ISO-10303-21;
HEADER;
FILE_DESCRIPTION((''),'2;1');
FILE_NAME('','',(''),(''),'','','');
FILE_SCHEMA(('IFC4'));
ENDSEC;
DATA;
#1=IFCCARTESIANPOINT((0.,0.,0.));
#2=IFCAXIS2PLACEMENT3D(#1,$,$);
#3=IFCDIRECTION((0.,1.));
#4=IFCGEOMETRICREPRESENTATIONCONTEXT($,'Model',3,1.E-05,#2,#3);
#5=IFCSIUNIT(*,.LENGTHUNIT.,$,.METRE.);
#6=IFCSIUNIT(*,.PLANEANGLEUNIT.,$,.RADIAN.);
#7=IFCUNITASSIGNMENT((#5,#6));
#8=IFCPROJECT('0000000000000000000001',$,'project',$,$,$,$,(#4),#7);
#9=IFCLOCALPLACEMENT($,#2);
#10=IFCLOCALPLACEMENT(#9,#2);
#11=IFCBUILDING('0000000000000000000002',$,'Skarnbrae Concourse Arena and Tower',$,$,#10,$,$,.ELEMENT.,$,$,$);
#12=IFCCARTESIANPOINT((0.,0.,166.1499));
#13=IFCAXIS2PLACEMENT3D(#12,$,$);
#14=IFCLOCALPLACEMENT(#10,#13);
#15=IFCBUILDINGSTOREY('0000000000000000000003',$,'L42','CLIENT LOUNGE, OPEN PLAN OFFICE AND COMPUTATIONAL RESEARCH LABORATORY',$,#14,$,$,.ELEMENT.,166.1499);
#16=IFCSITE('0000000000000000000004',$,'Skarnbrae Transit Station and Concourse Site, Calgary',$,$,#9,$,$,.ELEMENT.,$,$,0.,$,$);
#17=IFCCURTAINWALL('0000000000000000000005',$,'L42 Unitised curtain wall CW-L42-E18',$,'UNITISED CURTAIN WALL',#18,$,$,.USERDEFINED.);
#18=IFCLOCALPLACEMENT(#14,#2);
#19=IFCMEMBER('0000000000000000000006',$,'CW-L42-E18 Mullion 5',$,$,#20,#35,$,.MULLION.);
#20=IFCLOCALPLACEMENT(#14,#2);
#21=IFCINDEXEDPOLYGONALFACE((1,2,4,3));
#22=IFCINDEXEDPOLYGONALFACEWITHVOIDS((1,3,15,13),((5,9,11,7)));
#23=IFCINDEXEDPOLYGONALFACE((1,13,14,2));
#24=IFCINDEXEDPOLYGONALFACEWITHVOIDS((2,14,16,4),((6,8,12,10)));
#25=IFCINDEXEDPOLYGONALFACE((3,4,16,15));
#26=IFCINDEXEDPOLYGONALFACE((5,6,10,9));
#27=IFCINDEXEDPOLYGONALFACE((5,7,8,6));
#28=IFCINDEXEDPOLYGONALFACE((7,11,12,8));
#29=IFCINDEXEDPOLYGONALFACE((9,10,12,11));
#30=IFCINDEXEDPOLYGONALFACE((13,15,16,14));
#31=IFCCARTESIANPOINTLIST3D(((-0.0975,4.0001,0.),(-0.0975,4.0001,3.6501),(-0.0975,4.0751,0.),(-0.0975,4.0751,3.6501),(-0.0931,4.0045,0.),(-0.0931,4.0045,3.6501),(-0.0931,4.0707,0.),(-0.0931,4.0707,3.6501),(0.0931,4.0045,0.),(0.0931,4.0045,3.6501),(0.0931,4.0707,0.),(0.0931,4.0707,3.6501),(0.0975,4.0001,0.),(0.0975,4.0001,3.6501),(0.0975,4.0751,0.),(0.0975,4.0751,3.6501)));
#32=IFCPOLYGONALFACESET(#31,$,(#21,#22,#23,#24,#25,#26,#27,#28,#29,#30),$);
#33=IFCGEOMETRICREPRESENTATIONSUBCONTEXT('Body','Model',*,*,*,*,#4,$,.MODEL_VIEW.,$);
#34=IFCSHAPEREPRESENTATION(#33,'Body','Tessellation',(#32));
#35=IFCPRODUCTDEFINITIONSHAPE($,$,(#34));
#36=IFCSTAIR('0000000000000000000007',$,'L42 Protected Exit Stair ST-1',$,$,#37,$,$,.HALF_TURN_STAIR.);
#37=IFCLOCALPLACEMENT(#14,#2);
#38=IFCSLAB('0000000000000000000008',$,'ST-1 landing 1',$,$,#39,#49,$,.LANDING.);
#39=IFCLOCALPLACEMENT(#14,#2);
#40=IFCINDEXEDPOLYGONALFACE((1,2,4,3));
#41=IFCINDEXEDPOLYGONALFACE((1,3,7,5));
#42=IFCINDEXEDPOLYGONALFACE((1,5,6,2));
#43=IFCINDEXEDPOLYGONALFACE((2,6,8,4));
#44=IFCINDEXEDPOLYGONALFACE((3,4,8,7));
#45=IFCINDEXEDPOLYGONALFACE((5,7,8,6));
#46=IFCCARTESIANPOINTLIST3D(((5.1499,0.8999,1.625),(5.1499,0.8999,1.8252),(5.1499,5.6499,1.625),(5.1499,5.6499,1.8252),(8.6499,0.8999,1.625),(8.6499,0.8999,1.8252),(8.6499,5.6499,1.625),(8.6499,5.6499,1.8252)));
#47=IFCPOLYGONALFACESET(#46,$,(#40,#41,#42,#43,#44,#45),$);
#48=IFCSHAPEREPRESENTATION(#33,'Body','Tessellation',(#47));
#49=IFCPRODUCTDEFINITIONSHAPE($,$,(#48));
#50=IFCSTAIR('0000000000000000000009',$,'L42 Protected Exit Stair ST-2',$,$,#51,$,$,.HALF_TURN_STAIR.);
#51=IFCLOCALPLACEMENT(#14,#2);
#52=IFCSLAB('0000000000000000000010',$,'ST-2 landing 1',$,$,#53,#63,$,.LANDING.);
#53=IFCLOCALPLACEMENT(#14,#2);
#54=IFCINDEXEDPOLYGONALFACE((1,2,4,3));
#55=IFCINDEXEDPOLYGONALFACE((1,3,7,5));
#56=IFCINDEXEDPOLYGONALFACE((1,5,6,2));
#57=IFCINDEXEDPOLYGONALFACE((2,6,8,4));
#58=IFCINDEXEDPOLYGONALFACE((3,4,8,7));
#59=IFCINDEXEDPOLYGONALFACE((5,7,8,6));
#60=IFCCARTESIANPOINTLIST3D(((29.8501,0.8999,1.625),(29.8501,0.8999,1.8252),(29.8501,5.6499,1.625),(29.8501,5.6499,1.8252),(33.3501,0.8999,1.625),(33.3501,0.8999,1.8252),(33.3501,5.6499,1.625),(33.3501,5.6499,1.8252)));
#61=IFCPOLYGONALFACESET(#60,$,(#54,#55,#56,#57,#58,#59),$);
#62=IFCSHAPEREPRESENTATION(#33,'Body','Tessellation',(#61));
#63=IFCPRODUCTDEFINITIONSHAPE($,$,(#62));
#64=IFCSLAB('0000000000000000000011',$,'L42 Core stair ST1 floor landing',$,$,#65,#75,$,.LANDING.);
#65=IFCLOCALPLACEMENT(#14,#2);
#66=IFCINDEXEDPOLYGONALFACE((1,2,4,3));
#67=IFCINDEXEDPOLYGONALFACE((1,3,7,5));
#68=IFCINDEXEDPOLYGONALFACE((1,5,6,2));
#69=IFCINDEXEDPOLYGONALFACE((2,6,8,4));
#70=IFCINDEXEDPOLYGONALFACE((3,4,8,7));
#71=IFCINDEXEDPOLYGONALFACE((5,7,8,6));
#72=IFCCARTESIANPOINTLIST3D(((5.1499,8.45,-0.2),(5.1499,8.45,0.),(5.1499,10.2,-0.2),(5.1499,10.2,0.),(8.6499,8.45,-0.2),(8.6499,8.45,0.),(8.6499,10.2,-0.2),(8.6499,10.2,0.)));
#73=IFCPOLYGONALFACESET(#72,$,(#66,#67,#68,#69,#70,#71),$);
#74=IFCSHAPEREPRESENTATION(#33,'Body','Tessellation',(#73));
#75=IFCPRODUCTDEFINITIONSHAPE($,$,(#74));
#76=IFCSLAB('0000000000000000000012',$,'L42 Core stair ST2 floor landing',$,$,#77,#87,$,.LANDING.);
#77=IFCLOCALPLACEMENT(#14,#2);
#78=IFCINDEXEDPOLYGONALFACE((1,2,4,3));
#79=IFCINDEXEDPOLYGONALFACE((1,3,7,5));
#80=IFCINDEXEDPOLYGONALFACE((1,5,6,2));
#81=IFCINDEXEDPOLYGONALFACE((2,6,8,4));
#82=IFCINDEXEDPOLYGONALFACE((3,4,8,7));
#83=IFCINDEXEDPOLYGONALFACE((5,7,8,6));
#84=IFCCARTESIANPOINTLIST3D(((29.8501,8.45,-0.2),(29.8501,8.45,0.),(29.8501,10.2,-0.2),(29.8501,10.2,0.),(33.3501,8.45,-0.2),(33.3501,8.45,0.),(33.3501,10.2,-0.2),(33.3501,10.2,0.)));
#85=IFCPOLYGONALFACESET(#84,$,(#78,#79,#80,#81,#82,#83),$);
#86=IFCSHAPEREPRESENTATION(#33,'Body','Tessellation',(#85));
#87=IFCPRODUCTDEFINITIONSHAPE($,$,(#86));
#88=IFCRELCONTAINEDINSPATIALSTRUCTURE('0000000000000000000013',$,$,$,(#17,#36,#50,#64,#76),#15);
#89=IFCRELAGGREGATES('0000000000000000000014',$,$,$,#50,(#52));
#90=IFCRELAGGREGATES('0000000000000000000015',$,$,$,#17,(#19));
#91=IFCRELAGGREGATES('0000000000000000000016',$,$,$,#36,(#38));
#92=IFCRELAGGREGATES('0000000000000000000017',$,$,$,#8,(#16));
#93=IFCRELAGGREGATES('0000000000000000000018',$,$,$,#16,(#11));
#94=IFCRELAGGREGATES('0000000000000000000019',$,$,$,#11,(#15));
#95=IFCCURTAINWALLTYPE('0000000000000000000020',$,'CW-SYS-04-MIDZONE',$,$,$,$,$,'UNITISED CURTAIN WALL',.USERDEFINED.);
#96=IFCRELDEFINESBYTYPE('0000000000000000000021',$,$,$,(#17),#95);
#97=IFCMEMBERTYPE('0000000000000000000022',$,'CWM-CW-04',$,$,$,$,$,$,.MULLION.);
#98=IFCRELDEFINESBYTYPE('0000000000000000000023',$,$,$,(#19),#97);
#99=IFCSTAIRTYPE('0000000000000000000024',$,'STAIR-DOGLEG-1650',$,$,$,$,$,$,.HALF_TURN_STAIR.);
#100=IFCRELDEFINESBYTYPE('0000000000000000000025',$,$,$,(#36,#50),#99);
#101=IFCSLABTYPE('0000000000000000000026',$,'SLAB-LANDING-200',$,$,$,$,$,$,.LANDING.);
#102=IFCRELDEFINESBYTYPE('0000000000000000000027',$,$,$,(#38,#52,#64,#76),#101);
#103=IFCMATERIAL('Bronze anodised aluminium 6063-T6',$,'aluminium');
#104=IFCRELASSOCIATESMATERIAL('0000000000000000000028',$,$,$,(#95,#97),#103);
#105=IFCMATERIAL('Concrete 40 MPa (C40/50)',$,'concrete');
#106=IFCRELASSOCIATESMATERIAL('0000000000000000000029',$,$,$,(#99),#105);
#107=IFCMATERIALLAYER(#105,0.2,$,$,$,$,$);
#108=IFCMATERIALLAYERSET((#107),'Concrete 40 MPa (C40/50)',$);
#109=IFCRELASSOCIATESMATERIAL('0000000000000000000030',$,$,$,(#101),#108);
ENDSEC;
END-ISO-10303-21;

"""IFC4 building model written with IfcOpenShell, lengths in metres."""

from ifc_helpers import new_model, si_unit, direction, frame, origin, origin_2d, place, context, subcontext, project, spatial, polyline, hollow_rectangle, outline, extrude, source, transform, mapped, material, layer, layer_set, material_profile, profile_set, type_object, element, aggregate, save


model = new_model("IFC4")

# Units and contexts
model_context = context("Model", 3, precision=1e-05, world=origin(), true_north=direction((0.0, 1.0)))
body_context = subcontext(model_context, "Body", "Model", "MODEL_VIEW")
ifc_project = project(units=[si_unit("LENGTHUNIT", "METRE"), si_unit("PLANEANGLEUNIT", "RADIAN")], contexts=[model_context])

# Site, building, storey
site_placement = place(None, origin())
site = spatial("IfcSite", under=ifc_project, at=site_placement, Name="Skarnbrae Transit Station and Concourse Site, Calgary", CompositionType="ELEMENT", RefElevation=0.0)
building_placement = place(site_placement, origin())
building = spatial("IfcBuilding", under=site, at=building_placement, Name="Skarnbrae Concourse Arena and Tower", CompositionType="ELEMENT")
storey_placement = place(building_placement, frame((0.0, 0.0, 166.1499)))
storey = spatial("IfcBuildingStorey", under=building, at=storey_placement, Name="L42", Description="CLIENT LOUNGE, OPEN PLAN OFFICE AND COMPUTATIONAL RESEARCH LABORATORY", CompositionType="ELEMENT", Elevation=166.1499)

# Curtain wall, member
ifc_material_1 = material(Name="Bronze anodised aluminium 6063-T6", Category="aluminium")
curtain_wall_type = type_object("IfcCurtainWallType", Name="CW-SYS-04-MIDZONE", ElementType="UNITISED CURTAIN WALL", PredefinedType="USERDEFINED", material=ifc_material_1)
curtain_wall_placement = place(storey_placement, origin())
curtain_wall = element("IfcCurtainWall", 1, at=curtain_wall_placement, inside=storey, type_object=curtain_wall_type, Name="L42 Unitised curtain wall CW-L42-E18", ObjectType="UNITISED CURTAIN WALL", PredefinedType="USERDEFINED")
ifc_material_profile = material_profile(ifc_material_1, hollow_rectangle(XDim=0.075, YDim=0.1951, WallThickness=0.0044, at=origin_2d()), Name="ALU-MULL-75X195")
ifc_profile_set = profile_set([ifc_material_profile], Name="Bronze anodised aluminium 6063-T6")
member_type = type_object("IfcMemberType", Name="CWM-CW-04", PredefinedType="MULLION", material=ifc_profile_set)
shared_shape_1 = source(origin(), body_context, "Body", "SweptSolid", [
    extrude(hollow_rectangle(XDim=0.075, YDim=0.1951, WallThickness=0.0044, at=origin_2d()), origin(), (0.0, 0.0, 1.0), 3.6501),
])
member_placement = place(storey_placement, frame((0.0, 4.0376, 0.0), z_axis=(0.0, 0.0, 1.0), x_axis=(0.0, -1.0, 0.0)))
member = element("IfcMember", 2, at=member_placement, type_object=member_type, Name="CW-L42-E18 Mullion 5", PredefinedType="MULLION", context=body_context, shape_type="MappedRepresentation", body=[
    mapped(shared_shape_1, transform((0.0, 0.0, 0.0))),
])

# Stairs, slabs
ifc_material_2 = material(Name="Concrete 40 MPa (C40/50)", Category="concrete")
stair_type = type_object("IfcStairType", Name="STAIR-DOGLEG-1650", PredefinedType="HALF_TURN_STAIR", material=ifc_material_2)
stair_1_placement = place(storey_placement, origin())
stair_1 = element("IfcStair", 3, at=stair_1_placement, inside=storey, type_object=stair_type, Name="L42 Protected Exit Stair ST-1", PredefinedType="HALF_TURN_STAIR")
ifc_layer_1 = layer(ifc_material_2, 0.2)
ifc_layer_set_1 = layer_set([ifc_layer_1], Name="Concrete 40 MPa (C40/50)")
slab_type_1 = type_object("IfcSlabType", Name="SLAB-LANDING-200", PredefinedType="LANDING", material=ifc_layer_set_1)
slab_1_placement = place(storey_placement, frame((0.0, 0.0, 1.625)))
slab_1 = element("IfcSlab", 4, at=slab_1_placement, type_object=slab_type_1, Name="ST-1 landing 1", PredefinedType="LANDING", context=body_context, shape_type="SweptSolid", body=[
    extrude(outline(polyline([(5.1499, 5.6499), (5.1499, 0.8999), (8.6499, 0.8999), (8.6499, 5.6499), (5.1499, 5.6499)])), origin(), (0.0, 0.0, 1.0), 0.2002),
])
stair_2_placement = place(storey_placement, origin())
stair_2 = element("IfcStair", 5, at=stair_2_placement, inside=storey, type_object=stair_type, Name="L42 Protected Exit Stair ST-2", PredefinedType="HALF_TURN_STAIR")
slab_2_placement = place(storey_placement, frame((0.0, 0.0, 1.625)))
slab_2 = element("IfcSlab", 6, at=slab_2_placement, type_object=slab_type_1, Name="ST-2 landing 1", PredefinedType="LANDING", context=body_context, shape_type="SweptSolid", body=[
    extrude(outline(polyline([(29.8501, 5.6499), (29.8501, 0.8999), (33.3501, 0.8999), (33.3501, 5.6499), (29.8501, 5.6499)])), origin(), (0.0, 0.0, 1.0), 0.2002),
])
aggregate(stair_2, [slab_2])

# Slabs
slab_3_placement = place(storey_placement, frame((0.0, 0.0, -0.2)))
element("IfcSlab", 7, at=slab_3_placement, inside=storey, type_object=slab_type_1, Name="L42 Core stair ST1 floor landing", PredefinedType="LANDING", context=body_context, shape_type="SweptSolid", body=[
    extrude(outline(polyline([(5.1499, 10.2), (5.1499, 8.45), (8.6499, 8.45), (8.6499, 10.2), (5.1499, 10.2)])), origin(), (0.0, 0.0, 1.0), 0.2),
])
slab_4_placement = place(storey_placement, frame((0.0, 0.0, -0.2)))
element("IfcSlab", 8, at=slab_4_placement, inside=storey, type_object=slab_type_1, Name="L42 Core stair ST2 floor landing", PredefinedType="LANDING", context=body_context, shape_type="SweptSolid", body=[
    extrude(outline(polyline([(29.8501, 10.2), (29.8501, 8.45), (33.3501, 8.45), (33.3501, 10.2), (29.8501, 10.2)])), origin(), (0.0, 0.0, 1.0), 0.2),
])

aggregate(curtain_wall, [member])

aggregate(stair_1, [slab_1])

save(model, "model.ifc")
